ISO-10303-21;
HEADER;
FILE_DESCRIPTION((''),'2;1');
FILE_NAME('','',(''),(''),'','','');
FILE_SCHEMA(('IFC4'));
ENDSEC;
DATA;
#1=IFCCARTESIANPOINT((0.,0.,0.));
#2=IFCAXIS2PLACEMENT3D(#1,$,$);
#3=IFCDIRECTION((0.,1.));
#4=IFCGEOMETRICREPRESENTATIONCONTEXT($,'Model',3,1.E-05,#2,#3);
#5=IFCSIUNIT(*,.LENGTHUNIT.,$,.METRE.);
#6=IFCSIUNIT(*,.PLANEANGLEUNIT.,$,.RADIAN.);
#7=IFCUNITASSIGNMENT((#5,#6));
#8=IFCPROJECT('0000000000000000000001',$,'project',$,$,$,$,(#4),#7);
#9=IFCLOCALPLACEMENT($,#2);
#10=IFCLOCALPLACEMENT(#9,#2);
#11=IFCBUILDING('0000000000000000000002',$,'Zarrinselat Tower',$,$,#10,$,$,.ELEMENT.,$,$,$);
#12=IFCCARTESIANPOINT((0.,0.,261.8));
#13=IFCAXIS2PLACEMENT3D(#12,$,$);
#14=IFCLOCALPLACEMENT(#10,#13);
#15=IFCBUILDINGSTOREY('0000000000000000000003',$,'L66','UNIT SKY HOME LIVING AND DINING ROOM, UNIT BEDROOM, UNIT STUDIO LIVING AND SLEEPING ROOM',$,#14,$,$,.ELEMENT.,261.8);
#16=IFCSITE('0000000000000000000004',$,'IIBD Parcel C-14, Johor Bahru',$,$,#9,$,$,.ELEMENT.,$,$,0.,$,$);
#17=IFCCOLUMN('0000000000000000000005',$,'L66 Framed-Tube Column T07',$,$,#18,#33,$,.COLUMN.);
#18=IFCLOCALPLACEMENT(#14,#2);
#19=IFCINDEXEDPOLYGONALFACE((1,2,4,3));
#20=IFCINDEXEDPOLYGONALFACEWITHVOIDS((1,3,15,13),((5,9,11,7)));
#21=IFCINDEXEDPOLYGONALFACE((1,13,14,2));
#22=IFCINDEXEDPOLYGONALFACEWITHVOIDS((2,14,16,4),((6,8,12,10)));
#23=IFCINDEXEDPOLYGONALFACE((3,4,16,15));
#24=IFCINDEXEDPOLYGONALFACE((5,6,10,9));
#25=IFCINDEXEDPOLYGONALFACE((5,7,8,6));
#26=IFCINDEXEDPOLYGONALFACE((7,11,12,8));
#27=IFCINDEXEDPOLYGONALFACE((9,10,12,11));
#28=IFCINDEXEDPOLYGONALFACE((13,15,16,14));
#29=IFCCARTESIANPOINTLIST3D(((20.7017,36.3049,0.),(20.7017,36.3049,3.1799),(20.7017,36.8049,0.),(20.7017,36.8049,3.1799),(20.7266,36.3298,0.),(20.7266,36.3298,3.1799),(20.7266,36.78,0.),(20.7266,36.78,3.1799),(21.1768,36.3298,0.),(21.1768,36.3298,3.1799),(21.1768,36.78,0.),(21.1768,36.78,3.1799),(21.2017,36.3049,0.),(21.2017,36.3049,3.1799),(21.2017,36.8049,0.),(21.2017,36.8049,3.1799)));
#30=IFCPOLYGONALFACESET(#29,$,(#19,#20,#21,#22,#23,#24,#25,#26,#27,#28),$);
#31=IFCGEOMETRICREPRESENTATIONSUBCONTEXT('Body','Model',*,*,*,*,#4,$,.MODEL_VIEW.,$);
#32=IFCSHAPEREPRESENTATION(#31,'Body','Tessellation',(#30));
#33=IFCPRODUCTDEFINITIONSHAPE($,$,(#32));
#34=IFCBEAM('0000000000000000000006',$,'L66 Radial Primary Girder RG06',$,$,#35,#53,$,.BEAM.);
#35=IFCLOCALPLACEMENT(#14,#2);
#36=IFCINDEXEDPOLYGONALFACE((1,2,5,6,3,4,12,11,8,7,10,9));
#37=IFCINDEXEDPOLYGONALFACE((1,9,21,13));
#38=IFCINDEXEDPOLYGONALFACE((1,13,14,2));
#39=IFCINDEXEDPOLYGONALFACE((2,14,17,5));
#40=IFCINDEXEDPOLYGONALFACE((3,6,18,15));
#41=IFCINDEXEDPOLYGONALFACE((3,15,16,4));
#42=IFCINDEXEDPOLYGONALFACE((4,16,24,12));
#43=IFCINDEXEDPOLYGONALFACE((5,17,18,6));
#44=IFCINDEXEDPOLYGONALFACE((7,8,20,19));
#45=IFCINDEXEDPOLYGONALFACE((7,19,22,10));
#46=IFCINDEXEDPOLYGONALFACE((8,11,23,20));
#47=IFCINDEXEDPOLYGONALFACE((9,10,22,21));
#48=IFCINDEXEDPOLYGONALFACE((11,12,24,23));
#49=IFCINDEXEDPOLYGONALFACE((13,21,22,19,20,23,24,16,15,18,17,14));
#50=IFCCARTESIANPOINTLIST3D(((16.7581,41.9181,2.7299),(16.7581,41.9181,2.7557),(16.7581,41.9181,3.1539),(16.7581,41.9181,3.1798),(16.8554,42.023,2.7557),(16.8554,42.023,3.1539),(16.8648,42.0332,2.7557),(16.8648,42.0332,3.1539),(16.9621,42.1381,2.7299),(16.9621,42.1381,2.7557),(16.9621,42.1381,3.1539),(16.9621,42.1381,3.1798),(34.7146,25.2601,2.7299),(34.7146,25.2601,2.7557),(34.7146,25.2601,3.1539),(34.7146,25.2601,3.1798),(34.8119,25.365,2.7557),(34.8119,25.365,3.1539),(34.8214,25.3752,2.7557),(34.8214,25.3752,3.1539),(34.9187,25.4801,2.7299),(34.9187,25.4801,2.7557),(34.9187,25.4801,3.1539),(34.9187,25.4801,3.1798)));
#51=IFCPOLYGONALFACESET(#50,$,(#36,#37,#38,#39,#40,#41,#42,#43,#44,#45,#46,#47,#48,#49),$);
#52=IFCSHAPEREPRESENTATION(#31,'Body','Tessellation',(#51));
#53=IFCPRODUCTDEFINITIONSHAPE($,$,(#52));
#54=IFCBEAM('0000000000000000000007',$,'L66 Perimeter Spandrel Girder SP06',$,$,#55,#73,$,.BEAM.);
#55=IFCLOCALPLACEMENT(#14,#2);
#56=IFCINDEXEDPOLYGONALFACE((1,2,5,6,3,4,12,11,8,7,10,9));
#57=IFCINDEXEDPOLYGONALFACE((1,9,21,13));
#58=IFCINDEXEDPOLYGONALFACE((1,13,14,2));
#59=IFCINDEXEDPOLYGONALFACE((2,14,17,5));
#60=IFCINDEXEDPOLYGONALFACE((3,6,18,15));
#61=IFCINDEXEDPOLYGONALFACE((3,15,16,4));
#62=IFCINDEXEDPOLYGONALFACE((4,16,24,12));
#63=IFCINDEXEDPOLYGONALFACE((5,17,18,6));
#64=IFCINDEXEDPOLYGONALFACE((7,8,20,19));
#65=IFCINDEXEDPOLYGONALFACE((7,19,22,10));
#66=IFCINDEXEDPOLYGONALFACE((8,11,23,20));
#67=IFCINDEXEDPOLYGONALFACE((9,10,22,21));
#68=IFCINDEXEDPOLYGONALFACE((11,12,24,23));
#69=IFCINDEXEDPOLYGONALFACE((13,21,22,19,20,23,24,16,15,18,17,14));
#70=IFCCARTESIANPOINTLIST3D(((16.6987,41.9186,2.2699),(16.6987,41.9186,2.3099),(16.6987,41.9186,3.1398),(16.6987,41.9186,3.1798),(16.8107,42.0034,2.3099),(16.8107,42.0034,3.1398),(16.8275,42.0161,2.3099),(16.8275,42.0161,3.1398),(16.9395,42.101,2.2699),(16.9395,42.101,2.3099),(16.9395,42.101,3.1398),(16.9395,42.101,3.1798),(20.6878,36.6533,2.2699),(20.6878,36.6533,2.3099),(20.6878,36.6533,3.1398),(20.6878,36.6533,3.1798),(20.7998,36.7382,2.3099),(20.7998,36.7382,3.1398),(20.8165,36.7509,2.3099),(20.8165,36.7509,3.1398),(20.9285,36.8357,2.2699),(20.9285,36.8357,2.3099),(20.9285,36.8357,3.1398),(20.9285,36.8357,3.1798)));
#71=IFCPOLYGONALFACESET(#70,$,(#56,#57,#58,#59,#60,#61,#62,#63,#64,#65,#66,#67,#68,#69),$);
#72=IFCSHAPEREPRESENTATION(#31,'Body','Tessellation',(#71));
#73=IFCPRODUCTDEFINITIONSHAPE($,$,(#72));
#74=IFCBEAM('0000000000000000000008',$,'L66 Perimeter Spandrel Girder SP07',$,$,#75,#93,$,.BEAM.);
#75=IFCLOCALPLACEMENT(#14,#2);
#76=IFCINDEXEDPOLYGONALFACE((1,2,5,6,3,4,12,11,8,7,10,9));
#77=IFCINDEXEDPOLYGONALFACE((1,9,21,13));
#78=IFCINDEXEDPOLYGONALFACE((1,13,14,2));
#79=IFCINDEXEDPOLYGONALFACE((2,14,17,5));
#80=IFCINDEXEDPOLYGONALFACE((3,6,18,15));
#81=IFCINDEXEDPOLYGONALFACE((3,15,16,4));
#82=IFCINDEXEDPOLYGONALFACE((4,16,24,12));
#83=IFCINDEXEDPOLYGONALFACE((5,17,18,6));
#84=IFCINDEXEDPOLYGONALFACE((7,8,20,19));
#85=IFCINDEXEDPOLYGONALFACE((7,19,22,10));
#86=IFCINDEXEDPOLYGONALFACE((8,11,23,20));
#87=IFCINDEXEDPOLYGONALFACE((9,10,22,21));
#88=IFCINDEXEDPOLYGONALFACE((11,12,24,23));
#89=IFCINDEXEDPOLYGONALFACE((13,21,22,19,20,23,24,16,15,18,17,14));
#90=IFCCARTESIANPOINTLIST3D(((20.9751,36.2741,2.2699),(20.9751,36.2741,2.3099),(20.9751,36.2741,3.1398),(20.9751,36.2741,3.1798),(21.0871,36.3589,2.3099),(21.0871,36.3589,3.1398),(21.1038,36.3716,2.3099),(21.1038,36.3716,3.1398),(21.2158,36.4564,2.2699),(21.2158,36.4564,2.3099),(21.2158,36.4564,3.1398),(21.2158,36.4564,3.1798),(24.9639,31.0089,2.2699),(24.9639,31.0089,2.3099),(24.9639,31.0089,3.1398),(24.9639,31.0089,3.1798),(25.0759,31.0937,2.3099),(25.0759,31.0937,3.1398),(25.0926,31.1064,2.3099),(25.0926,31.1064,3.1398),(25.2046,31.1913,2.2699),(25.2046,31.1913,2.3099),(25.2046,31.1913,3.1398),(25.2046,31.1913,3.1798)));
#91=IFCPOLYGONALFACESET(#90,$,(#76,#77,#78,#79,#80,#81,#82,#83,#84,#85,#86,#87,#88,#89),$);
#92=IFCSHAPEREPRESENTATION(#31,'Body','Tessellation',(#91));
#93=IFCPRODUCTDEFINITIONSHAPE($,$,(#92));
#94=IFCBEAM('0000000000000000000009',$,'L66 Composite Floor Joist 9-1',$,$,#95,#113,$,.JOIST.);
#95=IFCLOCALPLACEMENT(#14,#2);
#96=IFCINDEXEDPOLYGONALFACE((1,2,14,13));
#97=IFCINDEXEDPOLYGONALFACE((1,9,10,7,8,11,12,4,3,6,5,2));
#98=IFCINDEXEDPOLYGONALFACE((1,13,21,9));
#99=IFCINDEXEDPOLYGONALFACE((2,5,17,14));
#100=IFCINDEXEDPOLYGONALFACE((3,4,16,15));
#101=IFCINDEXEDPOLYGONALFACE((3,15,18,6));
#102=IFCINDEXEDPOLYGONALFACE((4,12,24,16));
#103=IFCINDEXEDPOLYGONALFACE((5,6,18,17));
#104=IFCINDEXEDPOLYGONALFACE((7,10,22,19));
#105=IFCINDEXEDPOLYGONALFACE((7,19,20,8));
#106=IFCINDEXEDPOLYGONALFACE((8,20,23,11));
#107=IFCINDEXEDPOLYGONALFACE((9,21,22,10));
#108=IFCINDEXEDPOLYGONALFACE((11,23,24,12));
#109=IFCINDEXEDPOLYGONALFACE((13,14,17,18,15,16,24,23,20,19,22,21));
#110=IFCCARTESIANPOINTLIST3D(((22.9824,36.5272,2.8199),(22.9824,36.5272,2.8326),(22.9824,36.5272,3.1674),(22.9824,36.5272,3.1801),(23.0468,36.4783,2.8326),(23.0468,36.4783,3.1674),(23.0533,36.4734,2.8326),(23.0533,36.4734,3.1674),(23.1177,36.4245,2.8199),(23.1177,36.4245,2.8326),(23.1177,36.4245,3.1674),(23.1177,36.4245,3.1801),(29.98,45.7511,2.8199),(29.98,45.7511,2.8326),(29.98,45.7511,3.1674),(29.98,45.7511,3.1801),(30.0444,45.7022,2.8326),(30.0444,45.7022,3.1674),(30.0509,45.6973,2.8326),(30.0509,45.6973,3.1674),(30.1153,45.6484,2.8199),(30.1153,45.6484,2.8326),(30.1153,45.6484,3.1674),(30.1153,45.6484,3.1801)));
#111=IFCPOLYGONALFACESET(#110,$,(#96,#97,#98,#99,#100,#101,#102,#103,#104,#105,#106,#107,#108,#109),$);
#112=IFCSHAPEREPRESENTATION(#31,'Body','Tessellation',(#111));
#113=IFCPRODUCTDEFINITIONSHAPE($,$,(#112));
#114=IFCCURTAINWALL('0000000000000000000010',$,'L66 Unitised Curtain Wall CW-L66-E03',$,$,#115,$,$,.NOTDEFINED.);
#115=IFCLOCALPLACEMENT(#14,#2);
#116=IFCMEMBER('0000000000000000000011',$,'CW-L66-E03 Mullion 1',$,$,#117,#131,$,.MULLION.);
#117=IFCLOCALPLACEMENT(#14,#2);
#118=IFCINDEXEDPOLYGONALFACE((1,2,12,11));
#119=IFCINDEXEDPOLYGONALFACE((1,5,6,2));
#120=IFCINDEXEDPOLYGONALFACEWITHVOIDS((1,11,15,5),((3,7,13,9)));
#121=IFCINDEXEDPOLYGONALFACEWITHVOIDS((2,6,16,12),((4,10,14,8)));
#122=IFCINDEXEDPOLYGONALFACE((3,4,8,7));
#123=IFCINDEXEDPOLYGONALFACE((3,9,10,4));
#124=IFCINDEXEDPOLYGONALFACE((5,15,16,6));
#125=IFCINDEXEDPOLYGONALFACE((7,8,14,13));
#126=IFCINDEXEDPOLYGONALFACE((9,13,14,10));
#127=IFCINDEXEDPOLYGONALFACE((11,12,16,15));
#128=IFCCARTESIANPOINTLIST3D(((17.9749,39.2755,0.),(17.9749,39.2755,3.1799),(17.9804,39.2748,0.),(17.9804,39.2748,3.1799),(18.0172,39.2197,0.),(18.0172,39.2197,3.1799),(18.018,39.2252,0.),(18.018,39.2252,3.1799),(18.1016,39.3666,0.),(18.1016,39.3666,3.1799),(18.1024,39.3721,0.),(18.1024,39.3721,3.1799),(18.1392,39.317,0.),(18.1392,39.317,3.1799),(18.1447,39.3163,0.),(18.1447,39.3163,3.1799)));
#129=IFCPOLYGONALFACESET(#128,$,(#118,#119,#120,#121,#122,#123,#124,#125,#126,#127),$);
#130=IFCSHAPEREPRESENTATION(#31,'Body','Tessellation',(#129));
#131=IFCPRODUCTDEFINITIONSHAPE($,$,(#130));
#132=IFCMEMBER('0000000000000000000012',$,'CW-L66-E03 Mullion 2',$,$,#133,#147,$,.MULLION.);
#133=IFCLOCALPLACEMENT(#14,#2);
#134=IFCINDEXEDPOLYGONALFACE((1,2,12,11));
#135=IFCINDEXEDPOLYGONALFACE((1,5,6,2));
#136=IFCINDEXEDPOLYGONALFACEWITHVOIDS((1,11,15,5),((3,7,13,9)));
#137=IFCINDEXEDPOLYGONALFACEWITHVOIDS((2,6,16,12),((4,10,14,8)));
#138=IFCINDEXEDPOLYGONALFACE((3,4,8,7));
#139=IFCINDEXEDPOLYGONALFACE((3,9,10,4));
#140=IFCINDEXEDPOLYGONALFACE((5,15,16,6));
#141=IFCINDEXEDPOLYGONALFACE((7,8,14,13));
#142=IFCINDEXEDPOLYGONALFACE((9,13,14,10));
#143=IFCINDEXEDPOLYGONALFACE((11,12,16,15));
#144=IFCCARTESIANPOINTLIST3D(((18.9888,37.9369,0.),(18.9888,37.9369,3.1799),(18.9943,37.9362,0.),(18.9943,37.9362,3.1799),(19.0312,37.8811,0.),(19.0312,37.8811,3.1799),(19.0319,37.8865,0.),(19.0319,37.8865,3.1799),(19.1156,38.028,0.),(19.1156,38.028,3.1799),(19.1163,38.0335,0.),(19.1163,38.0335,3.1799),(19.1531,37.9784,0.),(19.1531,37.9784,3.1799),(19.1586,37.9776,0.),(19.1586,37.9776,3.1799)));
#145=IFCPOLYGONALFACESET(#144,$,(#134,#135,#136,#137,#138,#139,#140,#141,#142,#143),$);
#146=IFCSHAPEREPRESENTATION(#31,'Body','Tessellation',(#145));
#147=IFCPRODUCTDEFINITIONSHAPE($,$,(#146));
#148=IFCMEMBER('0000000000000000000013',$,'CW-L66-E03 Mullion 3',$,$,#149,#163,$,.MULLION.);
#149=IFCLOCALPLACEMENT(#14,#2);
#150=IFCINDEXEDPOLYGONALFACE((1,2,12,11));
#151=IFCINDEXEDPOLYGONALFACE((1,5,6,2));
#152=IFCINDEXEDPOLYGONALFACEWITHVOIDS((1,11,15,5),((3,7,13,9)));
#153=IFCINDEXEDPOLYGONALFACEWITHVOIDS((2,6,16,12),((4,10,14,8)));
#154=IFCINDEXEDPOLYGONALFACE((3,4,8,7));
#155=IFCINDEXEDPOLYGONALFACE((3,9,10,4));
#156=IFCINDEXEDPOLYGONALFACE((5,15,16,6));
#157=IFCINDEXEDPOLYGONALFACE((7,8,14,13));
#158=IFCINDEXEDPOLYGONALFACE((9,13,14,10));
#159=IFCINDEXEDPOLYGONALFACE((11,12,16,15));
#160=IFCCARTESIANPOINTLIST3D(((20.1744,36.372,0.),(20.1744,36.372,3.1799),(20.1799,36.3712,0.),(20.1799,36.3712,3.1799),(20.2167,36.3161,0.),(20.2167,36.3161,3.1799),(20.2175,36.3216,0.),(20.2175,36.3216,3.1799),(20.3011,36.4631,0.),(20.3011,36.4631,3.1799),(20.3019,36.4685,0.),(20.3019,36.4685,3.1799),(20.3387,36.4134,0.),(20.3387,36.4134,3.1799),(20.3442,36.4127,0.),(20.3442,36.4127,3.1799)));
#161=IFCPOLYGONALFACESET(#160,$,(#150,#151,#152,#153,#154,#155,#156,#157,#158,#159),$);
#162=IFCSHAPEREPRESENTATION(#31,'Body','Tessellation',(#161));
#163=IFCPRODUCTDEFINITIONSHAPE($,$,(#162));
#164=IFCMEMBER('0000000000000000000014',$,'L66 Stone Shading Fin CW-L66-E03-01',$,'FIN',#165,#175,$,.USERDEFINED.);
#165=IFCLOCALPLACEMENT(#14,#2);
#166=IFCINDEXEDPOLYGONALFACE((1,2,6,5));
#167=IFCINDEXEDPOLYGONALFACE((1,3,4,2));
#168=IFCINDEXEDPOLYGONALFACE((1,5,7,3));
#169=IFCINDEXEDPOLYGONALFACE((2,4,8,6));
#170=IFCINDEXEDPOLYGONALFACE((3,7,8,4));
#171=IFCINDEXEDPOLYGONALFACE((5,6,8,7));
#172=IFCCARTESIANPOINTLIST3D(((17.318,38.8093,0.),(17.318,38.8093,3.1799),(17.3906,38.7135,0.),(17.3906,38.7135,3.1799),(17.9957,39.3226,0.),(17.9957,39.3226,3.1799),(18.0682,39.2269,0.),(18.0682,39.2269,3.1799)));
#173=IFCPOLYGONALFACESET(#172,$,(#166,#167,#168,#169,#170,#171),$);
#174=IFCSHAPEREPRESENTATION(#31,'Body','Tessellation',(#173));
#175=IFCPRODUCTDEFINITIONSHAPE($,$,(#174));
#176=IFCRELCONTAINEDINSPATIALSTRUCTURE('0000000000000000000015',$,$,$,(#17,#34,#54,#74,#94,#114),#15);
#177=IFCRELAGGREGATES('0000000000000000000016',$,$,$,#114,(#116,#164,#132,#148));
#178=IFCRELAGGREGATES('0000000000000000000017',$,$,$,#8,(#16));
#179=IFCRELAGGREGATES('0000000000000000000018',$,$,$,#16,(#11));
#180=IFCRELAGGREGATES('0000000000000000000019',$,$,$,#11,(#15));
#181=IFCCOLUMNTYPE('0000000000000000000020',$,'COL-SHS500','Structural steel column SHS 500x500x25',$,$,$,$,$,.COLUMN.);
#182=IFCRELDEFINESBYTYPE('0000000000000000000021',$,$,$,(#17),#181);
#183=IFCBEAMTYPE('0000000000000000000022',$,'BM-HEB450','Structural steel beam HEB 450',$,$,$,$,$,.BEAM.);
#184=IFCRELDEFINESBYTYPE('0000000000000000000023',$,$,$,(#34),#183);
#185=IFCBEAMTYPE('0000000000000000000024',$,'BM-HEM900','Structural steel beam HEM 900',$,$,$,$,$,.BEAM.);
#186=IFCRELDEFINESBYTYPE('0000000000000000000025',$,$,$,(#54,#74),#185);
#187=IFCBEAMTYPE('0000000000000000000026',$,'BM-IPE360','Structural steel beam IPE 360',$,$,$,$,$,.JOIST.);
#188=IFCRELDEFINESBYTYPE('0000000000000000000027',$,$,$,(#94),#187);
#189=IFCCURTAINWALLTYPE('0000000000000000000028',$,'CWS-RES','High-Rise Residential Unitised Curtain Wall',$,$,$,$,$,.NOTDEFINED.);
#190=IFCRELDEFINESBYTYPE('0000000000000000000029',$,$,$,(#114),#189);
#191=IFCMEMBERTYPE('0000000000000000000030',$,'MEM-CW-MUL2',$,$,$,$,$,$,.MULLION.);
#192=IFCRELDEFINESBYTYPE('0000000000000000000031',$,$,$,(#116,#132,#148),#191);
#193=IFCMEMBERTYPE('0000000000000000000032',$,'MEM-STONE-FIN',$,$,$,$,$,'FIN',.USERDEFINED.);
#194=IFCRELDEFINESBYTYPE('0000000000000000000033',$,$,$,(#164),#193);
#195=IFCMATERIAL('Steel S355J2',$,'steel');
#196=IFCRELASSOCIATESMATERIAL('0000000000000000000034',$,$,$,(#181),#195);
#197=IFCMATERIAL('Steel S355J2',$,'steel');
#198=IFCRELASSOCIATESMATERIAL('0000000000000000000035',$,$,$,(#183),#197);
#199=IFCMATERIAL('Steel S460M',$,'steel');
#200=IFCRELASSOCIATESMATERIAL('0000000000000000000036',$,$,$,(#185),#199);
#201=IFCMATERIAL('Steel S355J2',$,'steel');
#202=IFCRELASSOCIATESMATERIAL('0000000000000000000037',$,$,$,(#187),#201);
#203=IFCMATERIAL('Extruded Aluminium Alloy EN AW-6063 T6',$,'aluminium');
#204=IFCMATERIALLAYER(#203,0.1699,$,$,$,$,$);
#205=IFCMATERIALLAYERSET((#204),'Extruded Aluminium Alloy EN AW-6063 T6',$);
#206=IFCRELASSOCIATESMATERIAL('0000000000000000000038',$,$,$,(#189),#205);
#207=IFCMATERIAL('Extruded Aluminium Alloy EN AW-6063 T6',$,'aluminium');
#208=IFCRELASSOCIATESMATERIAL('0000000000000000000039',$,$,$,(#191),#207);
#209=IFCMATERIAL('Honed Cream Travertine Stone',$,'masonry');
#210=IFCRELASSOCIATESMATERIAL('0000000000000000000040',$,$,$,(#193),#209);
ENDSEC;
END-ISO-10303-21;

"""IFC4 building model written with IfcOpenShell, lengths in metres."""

from ifc_helpers import new_model, si_unit, direction, frame, origin, origin_2d, place, context, subcontext, project, spatial, rectangle, hollow_rectangle, i_section, extrude, material, layer, layer_set, material_profile, profile_set, type_object, element, aggregate, save


model = new_model("IFC4")

# Units and contexts
model_context = context("Model", 3, precision=1e-05, world=origin(), true_north=direction((0.0, 1.0)))
body_context = subcontext(model_context, "Body", "Model", "MODEL_VIEW")
ifc_project = project(units=[si_unit("LENGTHUNIT", "METRE"), si_unit("PLANEANGLEUNIT", "RADIAN")], contexts=[model_context])

# Site, building, storey
site_placement = place(None, origin())
site = spatial("IfcSite", under=ifc_project, at=site_placement, Name="IIBD Parcel C-14, Johor Bahru", CompositionType="ELEMENT", RefElevation=0.0)
building_placement = place(site_placement, origin())
building = spatial("IfcBuilding", under=site, at=building_placement, Name="Zarrinselat Tower", CompositionType="ELEMENT")
storey_placement = place(building_placement, frame((0.0, 0.0, 261.8)))
storey = spatial("IfcBuildingStorey", under=building, at=storey_placement, Name="L66", Description="UNIT SKY HOME LIVING AND DINING ROOM, UNIT BEDROOM, UNIT STUDIO LIVING AND SLEEPING ROOM", CompositionType="ELEMENT", Elevation=261.8)

# Column
ifc_material_1 = material(Name="Steel S355J2", Category="steel")
ifc_material_profile_1 = material_profile(ifc_material_1, hollow_rectangle(XDim=0.5, YDim=0.5, WallThickness=0.0249, at=origin_2d()), Name="SHS 500x500x25")
ifc_profile_set_1 = profile_set([ifc_material_profile_1], Name="Steel S355J2")
column_type = type_object("IfcColumnType", Name="COL-SHS500", Description="Structural steel column SHS 500x500x25", PredefinedType="COLUMN", material=ifc_profile_set_1)
column_placement = place(storey_placement, frame((20.9517, 36.5549, 0.0), z_axis=(0.0, 0.0, 1.0), x_axis=(1.0, 0.0, 0.0)))
element("IfcColumn", 1, at=column_placement, inside=storey, type_object=column_type, Name="L66 Framed-Tube Column T07", PredefinedType="COLUMN", context=body_context, shape_type="SweptSolid", body=[
    extrude(hollow_rectangle(XDim=0.5, YDim=0.5, WallThickness=0.0249, at=origin_2d()), origin(), (0.0, 0.0, 1.0), 3.1799),
])

# Beams
ifc_material_2 = material(Name="Steel S355J2", Category="steel")
ifc_material_profile_2 = material_profile(ifc_material_2, i_section(OverallWidth=0.3, OverallDepth=0.45, WebThickness=0.0139, FlangeThickness=0.0259, at=origin_2d()), Name="HEB 450")
ifc_profile_set_2 = profile_set([ifc_material_profile_2], Name="Steel S355J2")
beam_type_1 = type_object("IfcBeamType", Name="BM-HEB450", Description="Structural steel beam HEB 450", PredefinedType="BEAM", material=ifc_profile_set_2)
beam_1_placement = place(storey_placement, frame((16.8601, 42.0281, 2.9548), z_axis=(0.733119, -0.680101, 0.0), x_axis=(0.680101, 0.733119, 0.0)))
element("IfcBeam", 2, at=beam_1_placement, inside=storey, type_object=beam_type_1, Name="L66 Radial Primary Girder RG06", PredefinedType="BEAM", context=body_context, shape_type="SweptSolid", body=[
    extrude(i_section(OverallWidth=0.3, OverallDepth=0.45, WebThickness=0.0139, FlangeThickness=0.0259, at=origin_2d()), origin(), (0.0, 0.0, 1.0), 24.4934),
])
ifc_material_3 = material(Name="Steel S460M", Category="steel")
ifc_material_profile_3 = material_profile(ifc_material_3, i_section(OverallWidth=0.302, OverallDepth=0.9099, WebThickness=0.021, FlangeThickness=0.04, at=origin_2d()), Name="HEM 900")
ifc_profile_set_3 = profile_set([ifc_material_profile_3], Name="Steel S460M")
beam_type_2 = type_object("IfcBeamType", Name="BM-HEM900", Description="Structural steel beam HEM 900", PredefinedType="BEAM", material=ifc_profile_set_3)
beam_2_placement = place(storey_placement, frame((16.8191, 42.0098, 2.7249), z_axis=(0.603884, -0.797072, 0.0), x_axis=(0.797072, 0.603884, 0.0)))
element("IfcBeam", 3, at=beam_2_placement, inside=storey, type_object=beam_type_2, Name="L66 Perimeter Spandrel Girder SP06", PredefinedType="BEAM", context=body_context, shape_type="SweptSolid", body=[
    extrude(i_section(OverallWidth=0.302, OverallDepth=0.9099, WebThickness=0.021, FlangeThickness=0.04, at=origin_2d()), origin(), (0.0, 0.0, 1.0), 6.6057),
])
beam_3_placement = place(storey_placement, frame((21.0955, 36.3652, 2.7249), z_axis=(0.603861, -0.79709, 0.0), x_axis=(0.79709, 0.603861, 0.0)))
element("IfcBeam", 4, at=beam_3_placement, inside=storey, type_object=beam_type_2, Name="L66 Perimeter Spandrel Girder SP07", PredefinedType="BEAM", context=body_context, shape_type="SweptSolid", body=[
    extrude(i_section(OverallWidth=0.302, OverallDepth=0.9099, WebThickness=0.021, FlangeThickness=0.04, at=origin_2d()), origin(), (0.0, 0.0, 1.0), 6.6055),
])
ifc_material_4 = material(Name="Steel S355J2", Category="steel")
ifc_material_profile_4 = material_profile(ifc_material_4, i_section(OverallWidth=0.1699, OverallDepth=0.3601, WebThickness=0.0081, FlangeThickness=0.0127, at=origin_2d()), Name="IPE 360")
ifc_profile_set_4 = profile_set([ifc_material_profile_4], Name="Steel S355J2")
beam_type_3 = type_object("IfcBeamType", Name="BM-IPE360", Description="Structural steel beam IPE 360", PredefinedType="JOIST", material=ifc_profile_set_4)
beam_4_placement = place(storey_placement, frame((23.05, 36.4758, 3.0), z_axis=(0.604394, 0.796686, 0.0), x_axis=(-0.796686, 0.604394, 0.0)))
element("IfcBeam", 5, at=beam_4_placement, inside=storey, type_object=beam_type_3, Name="L66 Composite Floor Joist 9-1", PredefinedType="JOIST", context=body_context, shape_type="SweptSolid", body=[
    extrude(i_section(OverallWidth=0.1699, OverallDepth=0.3601, WebThickness=0.0081, FlangeThickness=0.0127, at=origin_2d()), origin(), (0.0, 0.0, 1.0), 11.5779),
])

# Curtain wall, members
ifc_material_5 = material(Name="Extruded Aluminium Alloy EN AW-6063 T6", Category="aluminium")
ifc_layer_1 = layer(ifc_material_5, 0.1699)
ifc_layer_set_1 = layer_set([ifc_layer_1], Name="Extruded Aluminium Alloy EN AW-6063 T6")
curtain_wall_type = type_object("IfcCurtainWallType", Name="CWS-RES", Description="High-Rise Residential Unitised Curtain Wall", PredefinedType="NOTDEFINED", material=ifc_layer_set_1)
curtain_wall_placement = place(storey_placement, origin())
curtain_wall = element("IfcCurtainWall", 6, at=curtain_wall_placement, inside=storey, type_object=curtain_wall_type, Name="L66 Unitised Curtain Wall CW-L66-E03", PredefinedType="NOTDEFINED")
ifc_material_6 = material(Name="Extruded Aluminium Alloy EN AW-6063 T6", Category="aluminium")
ifc_material_profile_5 = material_profile(ifc_material_6, hollow_rectangle(XDim=0.0701, YDim=0.1599, WallThickness=0.0039, at=origin_2d()), Name="RHS 160x70x4")
ifc_profile_set_5 = profile_set([ifc_material_profile_5], Name="Extruded Aluminium Alloy EN AW-6063 T6")
member_type_1 = type_object("IfcMemberType", Name="MEM-CW-MUL2", PredefinedType="MULLION", material=ifc_profile_set_5)
member_1_placement = place(storey_placement, frame((18.0598, 39.2959, 0.0), z_axis=(0.0, 0.0, 1.0), x_axis=(0.603858, -0.797092, 0.0)))
member_1 = element("IfcMember", 7, at=member_1_placement, type_object=member_type_1, Name="CW-L66-E03 Mullion 1", PredefinedType="MULLION", context=body_context, shape_type="SweptSolid", body=[
    extrude(hollow_rectangle(XDim=0.0701, YDim=0.1599, WallThickness=0.0039, at=origin_2d()), origin(), (0.0, 0.0, 1.0), 3.1799),
])
member_2_placement = place(storey_placement, frame((19.0737, 37.9573, 0.0), z_axis=(0.0, 0.0, 1.0), x_axis=(0.603858, -0.797092, 0.0)))
member_2 = element("IfcMember", 8, at=member_2_placement, type_object=member_type_1, Name="CW-L66-E03 Mullion 2", PredefinedType="MULLION", context=body_context, shape_type="SweptSolid", body=[
    extrude(hollow_rectangle(XDim=0.0701, YDim=0.1599, WallThickness=0.0039, at=origin_2d()), origin(), (0.0, 0.0, 1.0), 3.1799),
])
member_3_placement = place(storey_placement, frame((20.2593, 36.3923, 0.0), z_axis=(0.0, 0.0, 1.0), x_axis=(0.603858, -0.797092, 0.0)))
member_3 = element("IfcMember", 9, at=member_3_placement, type_object=member_type_1, Name="CW-L66-E03 Mullion 3", PredefinedType="MULLION", context=body_context, shape_type="SweptSolid", body=[
    extrude(hollow_rectangle(XDim=0.0701, YDim=0.1599, WallThickness=0.0039, at=origin_2d()), origin(), (0.0, 0.0, 1.0), 3.1799),
])
ifc_material_7 = material(Name="Honed Cream Travertine Stone", Category="masonry")
ifc_material_profile_6 = material_profile(ifc_material_7, rectangle(XDim=0.1201, YDim=0.8501, at=origin_2d()), Name="FIN 850x120")
ifc_profile_set_6 = profile_set([ifc_material_profile_6], Name="Honed Cream Travertine Stone")
member_type_2 = type_object("IfcMemberType", Name="MEM-STONE-FIN", ElementType="FIN", PredefinedType="USERDEFINED", material=ifc_profile_set_6)
member_4_placement = place(storey_placement, frame((17.6931, 39.0181, 0.0), z_axis=(0.0, 0.0, 1.0), x_axis=(-0.603858, 0.797092, 0.0)))
member_4 = element("IfcMember", 10, at=member_4_placement, type_object=member_type_2, Name="L66 Stone Shading Fin CW-L66-E03-01", ObjectType="FIN", PredefinedType="USERDEFINED", context=body_context, shape_type="SweptSolid", body=[
    extrude(rectangle(XDim=0.1201, YDim=0.8501, at=origin_2d()), origin(), (0.0, 0.0, 1.0), 3.1799),
])
aggregate(curtain_wall, [member_1, member_4, member_2, member_3])

save(model, "model.ifc")
